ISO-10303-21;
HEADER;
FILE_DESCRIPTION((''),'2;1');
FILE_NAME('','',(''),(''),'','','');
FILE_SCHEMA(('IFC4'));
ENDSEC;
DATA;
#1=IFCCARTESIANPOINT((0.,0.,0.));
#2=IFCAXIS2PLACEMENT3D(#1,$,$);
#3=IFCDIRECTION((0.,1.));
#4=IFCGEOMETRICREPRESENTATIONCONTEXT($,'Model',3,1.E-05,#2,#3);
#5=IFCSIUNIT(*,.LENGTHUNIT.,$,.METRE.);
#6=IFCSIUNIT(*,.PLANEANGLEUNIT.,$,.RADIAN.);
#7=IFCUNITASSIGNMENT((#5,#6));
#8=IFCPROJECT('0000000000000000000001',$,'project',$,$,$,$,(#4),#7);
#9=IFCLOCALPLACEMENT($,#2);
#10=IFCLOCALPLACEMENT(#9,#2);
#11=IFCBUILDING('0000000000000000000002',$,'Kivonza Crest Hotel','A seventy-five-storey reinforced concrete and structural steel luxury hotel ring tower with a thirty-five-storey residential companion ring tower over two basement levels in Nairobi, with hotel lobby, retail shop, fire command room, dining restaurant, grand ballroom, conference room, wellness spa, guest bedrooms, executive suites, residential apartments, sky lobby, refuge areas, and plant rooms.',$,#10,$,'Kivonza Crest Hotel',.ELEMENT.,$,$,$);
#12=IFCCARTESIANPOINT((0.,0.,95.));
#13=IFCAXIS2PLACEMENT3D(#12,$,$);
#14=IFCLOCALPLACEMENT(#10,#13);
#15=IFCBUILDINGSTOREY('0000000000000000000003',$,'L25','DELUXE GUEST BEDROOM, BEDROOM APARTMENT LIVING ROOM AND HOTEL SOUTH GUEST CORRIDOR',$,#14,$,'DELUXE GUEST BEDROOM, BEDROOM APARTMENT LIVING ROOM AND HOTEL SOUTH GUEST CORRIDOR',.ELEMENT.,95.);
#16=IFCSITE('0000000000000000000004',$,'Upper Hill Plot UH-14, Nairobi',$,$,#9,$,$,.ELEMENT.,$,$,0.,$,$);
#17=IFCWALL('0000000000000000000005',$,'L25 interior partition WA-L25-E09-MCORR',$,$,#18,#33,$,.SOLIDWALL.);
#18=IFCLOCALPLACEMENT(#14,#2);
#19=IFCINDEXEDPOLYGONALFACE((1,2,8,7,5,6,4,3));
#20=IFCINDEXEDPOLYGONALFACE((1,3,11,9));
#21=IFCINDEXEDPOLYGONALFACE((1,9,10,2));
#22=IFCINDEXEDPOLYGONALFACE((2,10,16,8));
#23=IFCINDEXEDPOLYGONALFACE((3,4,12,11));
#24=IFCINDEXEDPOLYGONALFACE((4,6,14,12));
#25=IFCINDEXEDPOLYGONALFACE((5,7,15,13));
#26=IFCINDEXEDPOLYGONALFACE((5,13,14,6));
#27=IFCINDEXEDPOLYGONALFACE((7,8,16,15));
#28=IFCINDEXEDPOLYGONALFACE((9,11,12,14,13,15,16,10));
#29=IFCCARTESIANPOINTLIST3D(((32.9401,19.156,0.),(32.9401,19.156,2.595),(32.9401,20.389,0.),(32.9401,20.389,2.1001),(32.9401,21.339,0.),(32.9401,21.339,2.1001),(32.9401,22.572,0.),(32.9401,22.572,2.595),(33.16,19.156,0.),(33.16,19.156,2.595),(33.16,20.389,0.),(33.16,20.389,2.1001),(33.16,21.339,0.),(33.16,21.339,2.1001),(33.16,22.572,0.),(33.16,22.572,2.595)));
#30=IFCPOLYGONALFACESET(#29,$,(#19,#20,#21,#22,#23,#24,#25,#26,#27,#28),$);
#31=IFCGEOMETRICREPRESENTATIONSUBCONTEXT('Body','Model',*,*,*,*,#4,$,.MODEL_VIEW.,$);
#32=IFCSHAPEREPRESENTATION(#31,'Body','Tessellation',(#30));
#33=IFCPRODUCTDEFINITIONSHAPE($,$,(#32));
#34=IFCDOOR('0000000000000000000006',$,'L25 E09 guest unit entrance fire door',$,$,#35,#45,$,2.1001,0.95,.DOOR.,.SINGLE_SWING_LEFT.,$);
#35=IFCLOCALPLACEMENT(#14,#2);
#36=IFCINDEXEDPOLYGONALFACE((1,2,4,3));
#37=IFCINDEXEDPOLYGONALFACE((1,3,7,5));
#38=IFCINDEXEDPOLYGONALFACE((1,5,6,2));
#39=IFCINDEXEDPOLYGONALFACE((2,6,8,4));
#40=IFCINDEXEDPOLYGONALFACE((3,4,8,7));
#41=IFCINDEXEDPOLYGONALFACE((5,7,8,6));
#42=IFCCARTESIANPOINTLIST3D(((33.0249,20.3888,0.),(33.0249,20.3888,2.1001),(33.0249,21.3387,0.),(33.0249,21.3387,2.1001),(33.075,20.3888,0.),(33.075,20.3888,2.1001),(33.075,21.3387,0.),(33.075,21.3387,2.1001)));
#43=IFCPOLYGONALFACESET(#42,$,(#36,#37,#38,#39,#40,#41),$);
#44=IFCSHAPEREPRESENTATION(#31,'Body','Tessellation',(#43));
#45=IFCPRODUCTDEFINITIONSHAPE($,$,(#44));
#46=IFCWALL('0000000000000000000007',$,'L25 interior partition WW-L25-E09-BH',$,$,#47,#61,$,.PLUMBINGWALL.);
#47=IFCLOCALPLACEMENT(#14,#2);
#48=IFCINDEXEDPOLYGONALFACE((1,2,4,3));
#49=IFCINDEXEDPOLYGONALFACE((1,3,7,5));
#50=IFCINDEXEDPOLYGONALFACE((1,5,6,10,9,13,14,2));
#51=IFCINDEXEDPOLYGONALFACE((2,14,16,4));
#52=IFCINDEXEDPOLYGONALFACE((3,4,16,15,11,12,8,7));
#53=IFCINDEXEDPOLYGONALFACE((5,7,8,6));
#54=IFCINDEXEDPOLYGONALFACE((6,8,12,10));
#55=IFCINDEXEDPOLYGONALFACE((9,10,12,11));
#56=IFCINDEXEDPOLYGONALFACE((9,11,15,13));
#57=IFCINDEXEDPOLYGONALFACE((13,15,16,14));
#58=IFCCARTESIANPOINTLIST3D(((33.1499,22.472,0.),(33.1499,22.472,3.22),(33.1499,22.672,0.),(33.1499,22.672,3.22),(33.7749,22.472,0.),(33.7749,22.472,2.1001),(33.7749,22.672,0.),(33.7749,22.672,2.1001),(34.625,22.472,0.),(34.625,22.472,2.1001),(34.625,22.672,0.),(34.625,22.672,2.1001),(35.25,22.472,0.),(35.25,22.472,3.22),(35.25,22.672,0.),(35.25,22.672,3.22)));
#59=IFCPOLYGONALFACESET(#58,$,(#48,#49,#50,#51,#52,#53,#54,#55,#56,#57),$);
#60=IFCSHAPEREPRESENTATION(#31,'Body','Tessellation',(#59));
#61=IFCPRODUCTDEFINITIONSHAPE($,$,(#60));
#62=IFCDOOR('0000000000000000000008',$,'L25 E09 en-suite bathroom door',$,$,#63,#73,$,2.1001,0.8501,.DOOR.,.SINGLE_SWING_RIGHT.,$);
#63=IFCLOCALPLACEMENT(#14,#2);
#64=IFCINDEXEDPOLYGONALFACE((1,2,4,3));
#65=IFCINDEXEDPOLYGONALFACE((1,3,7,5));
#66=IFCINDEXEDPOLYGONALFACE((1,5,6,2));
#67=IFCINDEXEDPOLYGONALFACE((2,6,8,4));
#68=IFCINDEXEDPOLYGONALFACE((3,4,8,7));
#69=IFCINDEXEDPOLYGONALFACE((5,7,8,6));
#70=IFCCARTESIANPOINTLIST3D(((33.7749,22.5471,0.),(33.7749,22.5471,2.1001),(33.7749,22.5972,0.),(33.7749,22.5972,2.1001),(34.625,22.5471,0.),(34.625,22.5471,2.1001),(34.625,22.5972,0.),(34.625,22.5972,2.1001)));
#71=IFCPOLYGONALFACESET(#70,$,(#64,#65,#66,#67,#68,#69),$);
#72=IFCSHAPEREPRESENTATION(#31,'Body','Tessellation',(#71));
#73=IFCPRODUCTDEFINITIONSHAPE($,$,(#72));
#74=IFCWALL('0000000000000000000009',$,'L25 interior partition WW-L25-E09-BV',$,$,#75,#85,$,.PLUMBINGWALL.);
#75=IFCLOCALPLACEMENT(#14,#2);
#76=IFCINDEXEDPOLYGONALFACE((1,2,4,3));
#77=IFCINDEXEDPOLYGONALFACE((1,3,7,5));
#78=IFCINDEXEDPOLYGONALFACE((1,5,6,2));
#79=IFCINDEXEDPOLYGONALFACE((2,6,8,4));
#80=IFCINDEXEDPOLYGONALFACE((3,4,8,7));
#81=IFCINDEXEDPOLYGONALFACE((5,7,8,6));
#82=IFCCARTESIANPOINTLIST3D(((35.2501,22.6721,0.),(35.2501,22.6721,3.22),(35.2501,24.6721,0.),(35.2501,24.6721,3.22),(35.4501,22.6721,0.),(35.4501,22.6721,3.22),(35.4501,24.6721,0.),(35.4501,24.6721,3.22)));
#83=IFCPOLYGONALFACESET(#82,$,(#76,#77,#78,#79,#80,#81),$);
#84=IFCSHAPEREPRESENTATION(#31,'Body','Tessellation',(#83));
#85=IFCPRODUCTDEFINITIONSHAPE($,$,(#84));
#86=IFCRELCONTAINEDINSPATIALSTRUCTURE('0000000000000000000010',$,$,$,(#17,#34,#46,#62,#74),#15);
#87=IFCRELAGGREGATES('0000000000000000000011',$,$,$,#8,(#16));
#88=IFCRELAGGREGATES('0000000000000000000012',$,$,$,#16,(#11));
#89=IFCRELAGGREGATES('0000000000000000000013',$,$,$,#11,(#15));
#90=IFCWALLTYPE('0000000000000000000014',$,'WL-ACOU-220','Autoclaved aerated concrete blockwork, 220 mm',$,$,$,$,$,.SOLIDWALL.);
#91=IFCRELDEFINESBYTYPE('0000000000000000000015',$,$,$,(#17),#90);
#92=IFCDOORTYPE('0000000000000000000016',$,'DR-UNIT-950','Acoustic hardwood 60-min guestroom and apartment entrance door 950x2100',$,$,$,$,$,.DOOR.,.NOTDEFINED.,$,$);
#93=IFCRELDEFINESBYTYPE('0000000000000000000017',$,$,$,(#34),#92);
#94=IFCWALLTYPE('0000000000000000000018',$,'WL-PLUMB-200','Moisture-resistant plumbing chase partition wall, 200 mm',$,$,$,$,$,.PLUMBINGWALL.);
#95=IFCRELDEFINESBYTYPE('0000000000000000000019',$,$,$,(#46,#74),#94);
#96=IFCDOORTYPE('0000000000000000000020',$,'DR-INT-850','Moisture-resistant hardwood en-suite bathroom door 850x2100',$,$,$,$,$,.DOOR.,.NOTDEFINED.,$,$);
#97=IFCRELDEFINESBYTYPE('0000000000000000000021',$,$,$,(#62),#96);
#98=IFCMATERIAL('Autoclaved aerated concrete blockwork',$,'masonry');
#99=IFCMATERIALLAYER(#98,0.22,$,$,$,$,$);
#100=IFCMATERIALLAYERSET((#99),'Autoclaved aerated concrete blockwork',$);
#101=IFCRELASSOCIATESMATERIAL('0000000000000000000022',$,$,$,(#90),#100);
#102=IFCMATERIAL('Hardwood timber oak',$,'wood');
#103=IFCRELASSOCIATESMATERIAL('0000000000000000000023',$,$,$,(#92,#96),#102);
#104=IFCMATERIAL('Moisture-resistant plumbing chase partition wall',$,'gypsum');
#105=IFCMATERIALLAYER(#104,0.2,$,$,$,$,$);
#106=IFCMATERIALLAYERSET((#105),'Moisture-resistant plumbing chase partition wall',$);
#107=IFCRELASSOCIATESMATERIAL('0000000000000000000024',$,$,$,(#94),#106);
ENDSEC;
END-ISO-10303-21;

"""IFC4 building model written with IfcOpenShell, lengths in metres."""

from ifc_helpers import new_model, si_unit, direction, frame, frame_2d, origin, place, context, subcontext, project, spatial, rectangle, extrude, material, layer, layer_set, type_object, element, fill, save


model = new_model("IFC4")

# Units and contexts
model_context = context("Model", 3, precision=1e-05, world=origin(), true_north=direction((0.0, 1.0)))
body_context = subcontext(model_context, "Body", "Model", "MODEL_VIEW")
ifc_project = project(units=[si_unit("LENGTHUNIT", "METRE"), si_unit("PLANEANGLEUNIT", "RADIAN")], contexts=[model_context])

# Site, building, storey
site_placement = place(None, origin())
site = spatial("IfcSite", under=ifc_project, at=site_placement, Name="Upper Hill Plot UH-14, Nairobi", CompositionType="ELEMENT", RefElevation=0.0)
building_placement = place(site_placement, origin())
building = spatial("IfcBuilding", under=site, at=building_placement, Name="Kivonza Crest Hotel", Description="A seventy-five-storey reinforced concrete and structural steel luxury hotel ring tower with a thirty-five-storey residential companion ring tower over two basement levels in Nairobi, with hotel lobby, retail shop, fire command room, dining restaurant, grand ballroom, conference room, wellness spa, guest bedrooms, executive suites, residential apartments, sky lobby, refuge areas, and plant rooms.", LongName="Kivonza Crest Hotel", CompositionType="ELEMENT")
storey_placement = place(building_placement, frame((0.0, 0.0, 95.0)))
storey = spatial("IfcBuildingStorey", under=building, at=storey_placement, Name="L25", Description="DELUXE GUEST BEDROOM, BEDROOM APARTMENT LIVING ROOM AND HOTEL SOUTH GUEST CORRIDOR", LongName="DELUXE GUEST BEDROOM, BEDROOM APARTMENT LIVING ROOM AND HOTEL SOUTH GUEST CORRIDOR", CompositionType="ELEMENT", Elevation=95.0)

# Shared definitions
ifc_material_1 = material(Name="Autoclaved aerated concrete blockwork", Category="masonry")
ifc_layer_1 = layer(ifc_material_1, 0.22)
ifc_layer_set_1 = layer_set([ifc_layer_1], Name="Autoclaved aerated concrete blockwork")
wall_type_1 = type_object("IfcWallType", Name="WL-ACOU-220", Description="Autoclaved aerated concrete blockwork, 220 mm", PredefinedType="SOLIDWALL", material=ifc_layer_set_1)

# Walls, openings, doors
wall_1_placement = place(storey_placement, frame((33.05, 19.156, 0.0), z_axis=(0.0, 0.0, 1.0), x_axis=(0.0, 1.0, 0.0)))
wall_1 = element("IfcWall", 1, at=wall_1_placement, inside=storey, type_object=wall_type_1, Name="L25 interior partition WA-L25-E09-MCORR", PredefinedType="SOLIDWALL", context=body_context, shape_type="SweptSolid", body=[
    extrude(rectangle(XDim=3.416, YDim=0.22, at=frame_2d((1.708, 0.0))), origin(), (0.0, 0.0, 1.0), 2.595),
])
opening_1_placement = place(wall_1_placement, frame((1.2329, 0.0, 0.0)))
opening_1 = element("IfcOpeningElement", 2, at=opening_1_placement, cuts=wall_1, PredefinedType="OPENING", context=body_context, shape_type="SweptSolid", body=[
    extrude(rectangle(XDim=0.95, YDim=2.1001, at=frame_2d((0.4751, 1.05))), frame((0.0, 0.1201, 0.0), z_axis=(0.0, -1.0, 0.0), x_axis=(1.0, 0.0, 0.0)), (0.0, 0.0, 1.0), 0.24),
])
ifc_material_2 = material(Name="Hardwood timber oak", Category="wood")
door_type_1 = type_object("IfcDoorType", Name="DR-UNIT-950", Description="Acoustic hardwood 60-min guestroom and apartment entrance door 950x2100", OperationType="NOTDEFINED", PredefinedType="DOOR", material=ifc_material_2)
door_1_placement = place(opening_1_placement, frame((0.95, 0.0, 0.0), z_axis=(0.0, 0.0, 1.0), x_axis=(-1.0, 0.0, 0.0)))
door_1 = element("IfcDoor", 3, at=door_1_placement, inside=storey, type_object=door_type_1, Name="L25 E09 guest unit entrance fire door", OperationType="SINGLE_SWING_LEFT", OverallHeight=2.1001, OverallWidth=0.95, PredefinedType="DOOR", context=body_context, shape_type="SweptSolid", body=[
    extrude(rectangle(XDim=0.95, YDim=2.1001, at=frame_2d((0.4751, 1.05))), frame((0.0, 0.0249, 0.0), z_axis=(0.0, -1.0, 0.0), x_axis=(1.0, 0.0, 0.0)), (0.0, 0.0, 1.0), 0.05),
])
fill(opening_1, door_1)
ifc_material_3 = material(Name="Moisture-resistant plumbing chase partition wall", Category="gypsum")
ifc_layer_2 = layer(ifc_material_3, 0.2)
ifc_layer_set_2 = layer_set([ifc_layer_2], Name="Moisture-resistant plumbing chase partition wall")
wall_type_2 = type_object("IfcWallType", Name="WL-PLUMB-200", Description="Moisture-resistant plumbing chase partition wall, 200 mm", PredefinedType="PLUMBINGWALL", material=ifc_layer_set_2)
wall_2_placement = place(storey_placement, frame((33.1499, 22.572, 0.0), z_axis=(0.0, 0.0, 1.0), x_axis=(1.0, 0.0, 0.0)))
wall_2 = element("IfcWall", 4, at=wall_2_placement, inside=storey, type_object=wall_type_2, Name="L25 interior partition WW-L25-E09-BH", PredefinedType="PLUMBINGWALL", context=body_context, shape_type="SweptSolid", body=[
    extrude(rectangle(XDim=2.1001, YDim=0.2, at=frame_2d((1.05, 0.0))), origin(), (0.0, 0.0, 1.0), 3.22),
])
opening_2_placement = place(wall_2_placement, frame((0.625, 0.0, 0.0)))
opening_2 = element("IfcOpeningElement", 5, at=opening_2_placement, cuts=wall_2, PredefinedType="OPENING", context=body_context, shape_type="SweptSolid", body=[
    extrude(rectangle(XDim=0.8501, YDim=2.1001, at=frame_2d((0.425, 1.05))), frame((0.0, 0.1099, 0.0), z_axis=(0.0, -1.0, 0.0), x_axis=(1.0, 0.0, 0.0)), (0.0, 0.0, 1.0), 0.22),
])
door_type_2 = type_object("IfcDoorType", Name="DR-INT-850", Description="Moisture-resistant hardwood en-suite bathroom door 850x2100", OperationType="NOTDEFINED", PredefinedType="DOOR", material=ifc_material_2)
door_2_placement = place(opening_2_placement, frame((0.8501, 0.0, 0.0), z_axis=(0.0, 0.0, 1.0), x_axis=(-1.0, 0.0, 0.0)))
door_2 = element("IfcDoor", 6, at=door_2_placement, inside=storey, type_object=door_type_2, Name="L25 E09 en-suite bathroom door", OperationType="SINGLE_SWING_RIGHT", OverallHeight=2.1001, OverallWidth=0.8501, PredefinedType="DOOR", context=body_context, shape_type="SweptSolid", body=[
    extrude(rectangle(XDim=0.8501, YDim=2.1001, at=frame_2d((0.425, 1.05))), frame((0.0, 0.0249, 0.0), z_axis=(0.0, -1.0, 0.0), x_axis=(1.0, 0.0, 0.0)), (0.0, 0.0, 1.0), 0.05),
])
fill(opening_2, door_2)

# Wall
wall_3_placement = place(storey_placement, frame((35.3501, 22.6721, 0.0), z_axis=(0.0, 0.0, 1.0), x_axis=(0.0, 1.0, 0.0)))
element("IfcWall", 7, at=wall_3_placement, inside=storey, type_object=wall_type_2, Name="L25 interior partition WW-L25-E09-BV", PredefinedType="PLUMBINGWALL", context=body_context, shape_type="SweptSolid", body=[
    extrude(rectangle(XDim=2.0, YDim=0.2, at=frame_2d((1.0, 0.0))), origin(), (0.0, 0.0, 1.0), 3.22),
])

save(model, "model.ifc")
